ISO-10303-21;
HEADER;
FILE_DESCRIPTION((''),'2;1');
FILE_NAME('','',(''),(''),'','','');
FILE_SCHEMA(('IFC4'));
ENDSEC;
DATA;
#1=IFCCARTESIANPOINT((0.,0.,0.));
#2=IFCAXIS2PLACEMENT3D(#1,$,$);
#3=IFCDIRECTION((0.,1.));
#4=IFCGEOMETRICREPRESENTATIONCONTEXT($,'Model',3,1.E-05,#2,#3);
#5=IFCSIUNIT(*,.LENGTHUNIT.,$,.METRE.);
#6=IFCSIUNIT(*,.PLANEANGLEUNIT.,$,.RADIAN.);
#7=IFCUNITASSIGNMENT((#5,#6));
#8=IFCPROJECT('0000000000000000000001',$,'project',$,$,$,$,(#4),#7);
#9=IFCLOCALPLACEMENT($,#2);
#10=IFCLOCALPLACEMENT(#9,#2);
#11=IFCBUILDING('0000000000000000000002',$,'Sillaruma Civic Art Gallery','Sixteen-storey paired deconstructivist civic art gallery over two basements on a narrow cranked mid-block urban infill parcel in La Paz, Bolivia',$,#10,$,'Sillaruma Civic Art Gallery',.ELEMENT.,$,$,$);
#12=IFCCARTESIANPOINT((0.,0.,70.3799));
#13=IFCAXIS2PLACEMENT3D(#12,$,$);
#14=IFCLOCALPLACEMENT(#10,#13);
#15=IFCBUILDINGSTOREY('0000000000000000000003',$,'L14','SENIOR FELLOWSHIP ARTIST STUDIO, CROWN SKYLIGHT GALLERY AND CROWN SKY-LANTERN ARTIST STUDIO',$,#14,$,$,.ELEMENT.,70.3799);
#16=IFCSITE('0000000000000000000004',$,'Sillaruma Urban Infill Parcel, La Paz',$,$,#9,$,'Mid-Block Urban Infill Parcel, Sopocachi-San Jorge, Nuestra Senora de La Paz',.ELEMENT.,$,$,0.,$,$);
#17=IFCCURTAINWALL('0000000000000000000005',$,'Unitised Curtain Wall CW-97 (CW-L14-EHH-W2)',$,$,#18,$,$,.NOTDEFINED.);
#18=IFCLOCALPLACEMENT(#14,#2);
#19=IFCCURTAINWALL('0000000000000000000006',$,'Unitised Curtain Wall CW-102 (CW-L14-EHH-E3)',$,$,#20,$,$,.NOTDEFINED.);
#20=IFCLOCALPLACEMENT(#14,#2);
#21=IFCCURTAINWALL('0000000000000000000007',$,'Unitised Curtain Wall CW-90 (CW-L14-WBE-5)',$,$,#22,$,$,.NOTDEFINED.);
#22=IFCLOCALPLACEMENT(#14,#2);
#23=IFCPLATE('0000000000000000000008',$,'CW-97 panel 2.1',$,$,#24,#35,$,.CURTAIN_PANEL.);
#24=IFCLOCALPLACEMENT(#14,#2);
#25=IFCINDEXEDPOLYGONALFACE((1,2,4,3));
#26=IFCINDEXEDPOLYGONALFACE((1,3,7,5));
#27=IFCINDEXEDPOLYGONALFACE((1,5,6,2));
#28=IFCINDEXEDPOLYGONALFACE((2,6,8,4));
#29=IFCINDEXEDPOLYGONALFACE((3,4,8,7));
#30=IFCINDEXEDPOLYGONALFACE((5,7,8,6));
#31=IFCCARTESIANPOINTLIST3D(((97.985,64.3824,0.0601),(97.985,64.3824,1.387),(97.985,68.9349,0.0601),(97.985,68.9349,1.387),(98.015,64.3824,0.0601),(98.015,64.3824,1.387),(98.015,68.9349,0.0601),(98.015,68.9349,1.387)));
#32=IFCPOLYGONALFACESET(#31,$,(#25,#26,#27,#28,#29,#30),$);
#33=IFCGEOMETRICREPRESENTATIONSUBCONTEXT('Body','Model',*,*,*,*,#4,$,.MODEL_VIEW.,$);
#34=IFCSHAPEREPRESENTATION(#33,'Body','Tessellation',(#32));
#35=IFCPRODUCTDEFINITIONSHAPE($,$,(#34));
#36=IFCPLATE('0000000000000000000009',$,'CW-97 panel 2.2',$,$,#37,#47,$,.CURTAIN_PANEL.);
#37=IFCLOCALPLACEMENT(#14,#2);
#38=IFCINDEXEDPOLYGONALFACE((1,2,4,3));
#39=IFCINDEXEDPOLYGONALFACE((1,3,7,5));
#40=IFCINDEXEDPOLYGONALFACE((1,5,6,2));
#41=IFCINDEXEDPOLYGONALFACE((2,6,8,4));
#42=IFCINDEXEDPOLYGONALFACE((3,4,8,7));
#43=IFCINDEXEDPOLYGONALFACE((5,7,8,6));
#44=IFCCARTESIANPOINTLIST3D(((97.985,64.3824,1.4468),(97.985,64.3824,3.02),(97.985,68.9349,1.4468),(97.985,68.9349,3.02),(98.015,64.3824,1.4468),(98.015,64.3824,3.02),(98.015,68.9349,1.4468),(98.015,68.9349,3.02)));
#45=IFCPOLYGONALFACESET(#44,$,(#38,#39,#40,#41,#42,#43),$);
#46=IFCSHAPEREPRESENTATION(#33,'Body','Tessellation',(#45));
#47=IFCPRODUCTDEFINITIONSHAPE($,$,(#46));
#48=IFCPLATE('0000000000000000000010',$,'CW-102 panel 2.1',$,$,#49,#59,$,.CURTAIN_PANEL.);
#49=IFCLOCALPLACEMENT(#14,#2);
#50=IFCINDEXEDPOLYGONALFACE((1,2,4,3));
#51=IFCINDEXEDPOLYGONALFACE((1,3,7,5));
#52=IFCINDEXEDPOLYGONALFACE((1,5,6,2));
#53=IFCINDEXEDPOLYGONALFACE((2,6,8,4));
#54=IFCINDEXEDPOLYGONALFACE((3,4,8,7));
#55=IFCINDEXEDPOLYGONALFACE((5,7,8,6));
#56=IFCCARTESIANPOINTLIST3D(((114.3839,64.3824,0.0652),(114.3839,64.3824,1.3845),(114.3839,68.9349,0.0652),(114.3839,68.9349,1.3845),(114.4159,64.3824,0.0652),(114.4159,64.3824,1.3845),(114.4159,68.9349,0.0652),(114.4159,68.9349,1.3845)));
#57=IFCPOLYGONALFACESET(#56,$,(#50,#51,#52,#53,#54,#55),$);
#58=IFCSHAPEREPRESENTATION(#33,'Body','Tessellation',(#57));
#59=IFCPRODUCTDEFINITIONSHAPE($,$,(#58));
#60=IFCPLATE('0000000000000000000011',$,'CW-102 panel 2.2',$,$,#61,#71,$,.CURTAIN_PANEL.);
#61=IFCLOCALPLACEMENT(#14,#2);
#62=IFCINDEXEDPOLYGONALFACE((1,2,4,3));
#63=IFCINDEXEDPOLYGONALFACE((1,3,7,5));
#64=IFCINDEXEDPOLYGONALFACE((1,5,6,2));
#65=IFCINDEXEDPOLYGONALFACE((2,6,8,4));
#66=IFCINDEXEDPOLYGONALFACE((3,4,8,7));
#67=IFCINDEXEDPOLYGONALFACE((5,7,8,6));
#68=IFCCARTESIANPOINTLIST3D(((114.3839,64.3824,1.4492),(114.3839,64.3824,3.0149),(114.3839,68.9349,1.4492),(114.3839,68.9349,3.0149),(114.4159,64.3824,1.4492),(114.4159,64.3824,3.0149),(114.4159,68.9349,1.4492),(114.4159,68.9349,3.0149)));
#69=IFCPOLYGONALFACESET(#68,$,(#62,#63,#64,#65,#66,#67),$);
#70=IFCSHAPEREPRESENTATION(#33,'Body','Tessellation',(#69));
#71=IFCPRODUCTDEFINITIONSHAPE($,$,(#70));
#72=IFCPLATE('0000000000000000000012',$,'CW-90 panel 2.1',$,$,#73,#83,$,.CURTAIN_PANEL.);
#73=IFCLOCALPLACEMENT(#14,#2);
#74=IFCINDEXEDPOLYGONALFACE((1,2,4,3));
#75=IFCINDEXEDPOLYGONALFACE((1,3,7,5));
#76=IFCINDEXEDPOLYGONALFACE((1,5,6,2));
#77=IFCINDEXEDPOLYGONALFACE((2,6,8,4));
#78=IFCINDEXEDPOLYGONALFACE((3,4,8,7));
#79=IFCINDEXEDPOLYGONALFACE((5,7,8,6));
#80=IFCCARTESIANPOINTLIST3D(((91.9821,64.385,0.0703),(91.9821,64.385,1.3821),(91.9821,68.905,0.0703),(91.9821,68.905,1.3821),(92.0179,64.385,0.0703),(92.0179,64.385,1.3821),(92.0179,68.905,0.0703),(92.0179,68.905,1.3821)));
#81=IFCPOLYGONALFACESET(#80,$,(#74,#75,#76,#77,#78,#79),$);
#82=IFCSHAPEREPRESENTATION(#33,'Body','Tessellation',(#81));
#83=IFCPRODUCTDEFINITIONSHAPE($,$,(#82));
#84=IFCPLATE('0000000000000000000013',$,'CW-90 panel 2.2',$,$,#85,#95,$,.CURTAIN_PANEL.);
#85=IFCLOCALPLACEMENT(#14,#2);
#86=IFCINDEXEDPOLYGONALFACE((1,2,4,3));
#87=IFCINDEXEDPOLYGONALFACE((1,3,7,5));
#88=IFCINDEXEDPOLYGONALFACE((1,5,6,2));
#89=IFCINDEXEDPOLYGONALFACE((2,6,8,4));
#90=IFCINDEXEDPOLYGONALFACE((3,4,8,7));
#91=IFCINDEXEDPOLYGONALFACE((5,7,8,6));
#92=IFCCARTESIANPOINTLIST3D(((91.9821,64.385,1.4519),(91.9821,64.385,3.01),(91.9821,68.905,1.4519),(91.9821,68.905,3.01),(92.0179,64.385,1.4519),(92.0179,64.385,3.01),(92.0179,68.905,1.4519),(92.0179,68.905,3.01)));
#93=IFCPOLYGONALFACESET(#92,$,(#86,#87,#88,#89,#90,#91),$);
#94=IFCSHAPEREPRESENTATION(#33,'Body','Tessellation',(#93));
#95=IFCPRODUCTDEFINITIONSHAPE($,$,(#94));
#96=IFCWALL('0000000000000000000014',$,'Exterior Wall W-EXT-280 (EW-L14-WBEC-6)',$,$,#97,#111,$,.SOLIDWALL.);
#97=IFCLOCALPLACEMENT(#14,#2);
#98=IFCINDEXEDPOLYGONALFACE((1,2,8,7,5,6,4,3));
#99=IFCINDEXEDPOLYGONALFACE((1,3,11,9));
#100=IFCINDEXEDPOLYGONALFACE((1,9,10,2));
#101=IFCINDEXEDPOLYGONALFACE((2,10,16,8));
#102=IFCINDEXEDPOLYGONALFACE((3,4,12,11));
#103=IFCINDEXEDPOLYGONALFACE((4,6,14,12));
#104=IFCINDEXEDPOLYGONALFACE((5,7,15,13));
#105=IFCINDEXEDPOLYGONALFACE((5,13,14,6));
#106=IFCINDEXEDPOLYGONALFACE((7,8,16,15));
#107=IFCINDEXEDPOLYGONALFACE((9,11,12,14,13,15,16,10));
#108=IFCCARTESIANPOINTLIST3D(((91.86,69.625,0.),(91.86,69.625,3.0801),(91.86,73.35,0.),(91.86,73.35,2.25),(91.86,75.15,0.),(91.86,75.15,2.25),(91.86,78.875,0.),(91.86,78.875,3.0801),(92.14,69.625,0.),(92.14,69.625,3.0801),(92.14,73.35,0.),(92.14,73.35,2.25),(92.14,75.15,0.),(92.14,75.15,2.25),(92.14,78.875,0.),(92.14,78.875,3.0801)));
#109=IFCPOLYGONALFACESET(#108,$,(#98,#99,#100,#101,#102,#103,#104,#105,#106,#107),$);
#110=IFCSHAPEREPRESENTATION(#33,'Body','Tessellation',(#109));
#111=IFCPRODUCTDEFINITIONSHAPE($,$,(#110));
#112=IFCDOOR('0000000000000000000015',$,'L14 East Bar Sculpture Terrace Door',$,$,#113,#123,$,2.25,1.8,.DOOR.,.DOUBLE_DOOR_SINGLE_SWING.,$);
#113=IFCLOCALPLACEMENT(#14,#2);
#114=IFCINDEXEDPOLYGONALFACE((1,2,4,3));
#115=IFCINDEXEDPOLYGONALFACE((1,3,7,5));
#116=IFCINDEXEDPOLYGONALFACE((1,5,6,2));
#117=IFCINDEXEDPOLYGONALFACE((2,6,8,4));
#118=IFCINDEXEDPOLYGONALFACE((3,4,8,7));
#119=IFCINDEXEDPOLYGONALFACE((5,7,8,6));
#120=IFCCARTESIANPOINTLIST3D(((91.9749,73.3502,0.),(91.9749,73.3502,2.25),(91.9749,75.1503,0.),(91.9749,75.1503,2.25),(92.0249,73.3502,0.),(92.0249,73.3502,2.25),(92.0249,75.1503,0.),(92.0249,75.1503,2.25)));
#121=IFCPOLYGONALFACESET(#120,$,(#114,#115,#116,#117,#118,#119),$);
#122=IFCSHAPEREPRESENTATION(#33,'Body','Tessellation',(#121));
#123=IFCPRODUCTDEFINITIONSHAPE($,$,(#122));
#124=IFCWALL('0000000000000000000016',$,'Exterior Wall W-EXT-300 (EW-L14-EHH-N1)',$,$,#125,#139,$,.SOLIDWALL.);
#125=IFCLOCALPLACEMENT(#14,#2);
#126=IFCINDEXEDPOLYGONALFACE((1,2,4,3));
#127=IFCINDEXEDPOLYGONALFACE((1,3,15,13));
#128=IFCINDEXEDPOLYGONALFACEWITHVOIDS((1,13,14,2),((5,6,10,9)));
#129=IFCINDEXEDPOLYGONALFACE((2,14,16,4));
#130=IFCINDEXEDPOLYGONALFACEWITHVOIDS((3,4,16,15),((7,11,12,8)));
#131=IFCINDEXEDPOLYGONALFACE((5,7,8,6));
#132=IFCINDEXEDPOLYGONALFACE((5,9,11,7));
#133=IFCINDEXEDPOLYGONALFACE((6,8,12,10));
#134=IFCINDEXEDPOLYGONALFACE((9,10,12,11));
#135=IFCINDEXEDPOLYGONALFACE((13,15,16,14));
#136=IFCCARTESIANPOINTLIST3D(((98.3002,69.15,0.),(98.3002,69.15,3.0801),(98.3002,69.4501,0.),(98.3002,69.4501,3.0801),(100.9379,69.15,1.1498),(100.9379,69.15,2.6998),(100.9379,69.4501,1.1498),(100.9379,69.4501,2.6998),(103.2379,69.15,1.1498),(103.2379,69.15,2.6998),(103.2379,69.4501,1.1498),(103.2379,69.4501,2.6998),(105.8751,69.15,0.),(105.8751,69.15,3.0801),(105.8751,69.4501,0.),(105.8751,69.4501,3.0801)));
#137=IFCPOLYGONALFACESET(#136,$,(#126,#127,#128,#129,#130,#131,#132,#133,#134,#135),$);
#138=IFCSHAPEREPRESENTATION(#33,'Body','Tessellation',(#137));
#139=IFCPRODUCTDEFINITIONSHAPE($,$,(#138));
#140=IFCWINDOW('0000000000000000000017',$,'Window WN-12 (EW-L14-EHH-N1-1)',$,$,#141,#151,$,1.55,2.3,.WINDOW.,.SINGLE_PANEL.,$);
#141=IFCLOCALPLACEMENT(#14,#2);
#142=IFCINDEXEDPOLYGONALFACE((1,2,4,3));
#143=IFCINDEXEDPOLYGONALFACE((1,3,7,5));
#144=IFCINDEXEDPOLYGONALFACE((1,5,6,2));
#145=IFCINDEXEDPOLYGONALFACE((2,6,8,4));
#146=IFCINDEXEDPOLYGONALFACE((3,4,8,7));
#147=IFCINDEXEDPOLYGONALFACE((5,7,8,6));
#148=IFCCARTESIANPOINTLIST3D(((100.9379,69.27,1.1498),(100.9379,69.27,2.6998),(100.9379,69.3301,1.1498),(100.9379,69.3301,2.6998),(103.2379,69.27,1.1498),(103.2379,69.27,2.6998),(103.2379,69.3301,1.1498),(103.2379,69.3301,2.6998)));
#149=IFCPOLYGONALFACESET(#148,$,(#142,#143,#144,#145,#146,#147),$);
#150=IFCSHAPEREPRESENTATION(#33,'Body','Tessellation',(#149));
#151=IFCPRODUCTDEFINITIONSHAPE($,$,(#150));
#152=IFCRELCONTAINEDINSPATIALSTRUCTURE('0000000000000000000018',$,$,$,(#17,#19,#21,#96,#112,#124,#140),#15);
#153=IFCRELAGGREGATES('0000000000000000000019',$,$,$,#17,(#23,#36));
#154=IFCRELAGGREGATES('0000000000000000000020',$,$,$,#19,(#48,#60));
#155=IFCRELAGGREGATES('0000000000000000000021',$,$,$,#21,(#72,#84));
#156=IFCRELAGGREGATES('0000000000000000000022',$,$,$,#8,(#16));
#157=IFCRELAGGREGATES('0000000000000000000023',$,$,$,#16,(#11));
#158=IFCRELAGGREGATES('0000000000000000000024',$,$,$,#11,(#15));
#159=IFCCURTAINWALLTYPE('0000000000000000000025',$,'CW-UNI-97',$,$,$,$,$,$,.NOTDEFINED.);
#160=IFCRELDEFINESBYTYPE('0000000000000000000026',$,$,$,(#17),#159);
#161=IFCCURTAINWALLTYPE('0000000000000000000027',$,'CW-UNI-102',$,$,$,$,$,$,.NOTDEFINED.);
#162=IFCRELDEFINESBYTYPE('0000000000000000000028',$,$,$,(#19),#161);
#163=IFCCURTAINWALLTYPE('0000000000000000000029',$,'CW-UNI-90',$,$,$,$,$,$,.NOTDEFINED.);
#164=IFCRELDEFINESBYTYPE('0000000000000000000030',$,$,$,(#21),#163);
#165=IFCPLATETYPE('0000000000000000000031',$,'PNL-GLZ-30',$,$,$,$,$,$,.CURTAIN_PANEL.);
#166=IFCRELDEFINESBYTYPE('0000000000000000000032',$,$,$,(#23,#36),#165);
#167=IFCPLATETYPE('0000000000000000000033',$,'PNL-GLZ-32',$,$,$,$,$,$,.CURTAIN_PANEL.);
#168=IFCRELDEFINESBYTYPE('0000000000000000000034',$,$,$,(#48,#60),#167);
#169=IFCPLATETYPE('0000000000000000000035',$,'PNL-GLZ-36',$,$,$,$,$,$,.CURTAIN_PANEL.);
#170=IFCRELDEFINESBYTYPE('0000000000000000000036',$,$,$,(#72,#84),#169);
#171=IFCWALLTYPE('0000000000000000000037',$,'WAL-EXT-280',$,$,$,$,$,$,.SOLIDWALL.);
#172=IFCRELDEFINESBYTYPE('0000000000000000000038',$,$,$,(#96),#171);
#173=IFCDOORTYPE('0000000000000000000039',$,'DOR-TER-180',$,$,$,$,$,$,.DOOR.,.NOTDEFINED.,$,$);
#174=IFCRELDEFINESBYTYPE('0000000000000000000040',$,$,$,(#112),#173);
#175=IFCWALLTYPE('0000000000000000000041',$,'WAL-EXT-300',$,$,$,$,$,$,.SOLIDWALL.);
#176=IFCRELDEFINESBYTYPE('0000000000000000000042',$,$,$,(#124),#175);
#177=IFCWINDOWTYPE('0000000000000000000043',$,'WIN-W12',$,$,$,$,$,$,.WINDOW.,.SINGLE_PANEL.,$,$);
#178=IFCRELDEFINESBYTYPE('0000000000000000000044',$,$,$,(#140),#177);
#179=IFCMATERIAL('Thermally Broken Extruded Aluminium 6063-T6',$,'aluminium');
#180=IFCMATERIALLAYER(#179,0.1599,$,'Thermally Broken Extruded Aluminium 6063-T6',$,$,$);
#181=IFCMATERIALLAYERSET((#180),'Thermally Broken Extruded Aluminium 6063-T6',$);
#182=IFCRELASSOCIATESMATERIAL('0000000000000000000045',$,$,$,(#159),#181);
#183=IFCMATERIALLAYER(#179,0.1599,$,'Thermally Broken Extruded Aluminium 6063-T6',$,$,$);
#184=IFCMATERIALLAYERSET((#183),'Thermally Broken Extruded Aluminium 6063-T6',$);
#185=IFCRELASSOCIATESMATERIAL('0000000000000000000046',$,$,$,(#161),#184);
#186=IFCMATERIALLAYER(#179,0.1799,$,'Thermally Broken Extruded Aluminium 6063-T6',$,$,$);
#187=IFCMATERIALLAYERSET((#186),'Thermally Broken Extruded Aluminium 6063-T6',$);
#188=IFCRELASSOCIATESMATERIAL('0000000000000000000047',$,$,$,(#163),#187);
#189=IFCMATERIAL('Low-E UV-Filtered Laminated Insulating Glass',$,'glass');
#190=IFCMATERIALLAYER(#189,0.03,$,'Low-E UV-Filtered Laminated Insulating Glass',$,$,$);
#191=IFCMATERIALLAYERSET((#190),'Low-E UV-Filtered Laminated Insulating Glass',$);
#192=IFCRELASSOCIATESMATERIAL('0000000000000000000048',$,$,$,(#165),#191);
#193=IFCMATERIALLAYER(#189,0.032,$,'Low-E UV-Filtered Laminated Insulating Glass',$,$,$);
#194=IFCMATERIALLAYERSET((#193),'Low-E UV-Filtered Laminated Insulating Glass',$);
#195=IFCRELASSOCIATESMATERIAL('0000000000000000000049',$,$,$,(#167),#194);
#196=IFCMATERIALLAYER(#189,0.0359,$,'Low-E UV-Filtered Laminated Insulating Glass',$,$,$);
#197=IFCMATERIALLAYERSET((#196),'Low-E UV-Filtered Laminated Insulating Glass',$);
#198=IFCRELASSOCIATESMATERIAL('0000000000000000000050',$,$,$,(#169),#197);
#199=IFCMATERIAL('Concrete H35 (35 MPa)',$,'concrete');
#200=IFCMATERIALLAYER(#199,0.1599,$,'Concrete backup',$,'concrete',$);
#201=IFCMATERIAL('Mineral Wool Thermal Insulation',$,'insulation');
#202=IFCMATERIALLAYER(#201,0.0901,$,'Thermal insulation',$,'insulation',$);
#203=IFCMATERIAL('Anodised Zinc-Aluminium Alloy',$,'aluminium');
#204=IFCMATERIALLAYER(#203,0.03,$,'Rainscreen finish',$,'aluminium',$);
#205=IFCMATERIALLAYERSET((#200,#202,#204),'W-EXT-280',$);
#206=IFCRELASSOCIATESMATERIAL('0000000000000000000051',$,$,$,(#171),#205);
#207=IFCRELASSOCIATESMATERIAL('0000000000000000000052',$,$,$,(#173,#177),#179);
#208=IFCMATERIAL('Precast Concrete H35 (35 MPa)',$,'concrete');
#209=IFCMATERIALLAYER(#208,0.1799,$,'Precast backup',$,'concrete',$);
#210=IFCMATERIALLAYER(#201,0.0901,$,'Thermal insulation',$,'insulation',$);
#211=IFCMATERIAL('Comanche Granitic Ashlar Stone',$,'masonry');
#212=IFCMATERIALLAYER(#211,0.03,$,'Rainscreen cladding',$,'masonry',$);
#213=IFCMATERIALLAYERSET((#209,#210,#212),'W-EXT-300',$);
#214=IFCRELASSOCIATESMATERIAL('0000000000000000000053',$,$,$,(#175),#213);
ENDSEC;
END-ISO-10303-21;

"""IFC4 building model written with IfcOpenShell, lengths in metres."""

from ifc_helpers import new_model, si_unit, direction, frame, frame_2d, origin, origin_2d, place, context, subcontext, project, spatial, rectangle, extrude, material, layer, layer_set, type_object, element, fill, aggregate, save


model = new_model("IFC4")

# Units and contexts
model_context = context("Model", 3, precision=1e-05, world=origin(), true_north=direction((0.0, 1.0)))
body_context = subcontext(model_context, "Body", "Model", "MODEL_VIEW")
ifc_project = project(units=[si_unit("LENGTHUNIT", "METRE"), si_unit("PLANEANGLEUNIT", "RADIAN")], contexts=[model_context])

# Site, building, storey
site_placement = place(None, origin())
site = spatial("IfcSite", under=ifc_project, at=site_placement, Name="Sillaruma Urban Infill Parcel, La Paz", LongName="Mid-Block Urban Infill Parcel, Sopocachi-San Jorge, Nuestra Senora de La Paz", CompositionType="ELEMENT", RefElevation=0.0)
building_placement = place(site_placement, origin())
building = spatial("IfcBuilding", under=site, at=building_placement, Name="Sillaruma Civic Art Gallery", Description="Sixteen-storey paired deconstructivist civic art gallery over two basements on a narrow cranked mid-block urban infill parcel in La Paz, Bolivia", LongName="Sillaruma Civic Art Gallery", CompositionType="ELEMENT")
storey_placement = place(building_placement, frame((0.0, 0.0, 70.3799)))
storey = spatial("IfcBuildingStorey", under=building, at=storey_placement, Name="L14", Description="SENIOR FELLOWSHIP ARTIST STUDIO, CROWN SKYLIGHT GALLERY AND CROWN SKY-LANTERN ARTIST STUDIO", CompositionType="ELEMENT", Elevation=70.3799)

# Shared definitions
ifc_material_1 = material(Name="Concrete H35 (35 MPa)", Category="concrete")

# Curtain walls
ifc_material_2 = material(Name="Thermally Broken Extruded Aluminium 6063-T6", Category="aluminium")
ifc_layer_1 = layer(ifc_material_2, 0.1599, Name="Thermally Broken Extruded Aluminium 6063-T6")
ifc_layer_set_1 = layer_set([ifc_layer_1], Name="Thermally Broken Extruded Aluminium 6063-T6")
curtain_wall_type_1 = type_object("IfcCurtainWallType", Name="CW-UNI-97", PredefinedType="NOTDEFINED", material=ifc_layer_set_1)
curtain_wall_1_placement = place(storey_placement, origin())
curtain_wall_1 = element("IfcCurtainWall", 1, at=curtain_wall_1_placement, inside=storey, type_object=curtain_wall_type_1, Name="Unitised Curtain Wall CW-97 (CW-L14-EHH-W2)", PredefinedType="NOTDEFINED")
ifc_layer_2 = layer(ifc_material_2, 0.1599, Name="Thermally Broken Extruded Aluminium 6063-T6")
ifc_layer_set_2 = layer_set([ifc_layer_2], Name="Thermally Broken Extruded Aluminium 6063-T6")
curtain_wall_type_2 = type_object("IfcCurtainWallType", Name="CW-UNI-102", PredefinedType="NOTDEFINED", material=ifc_layer_set_2)
curtain_wall_2_placement = place(storey_placement, origin())
curtain_wall_2 = element("IfcCurtainWall", 2, at=curtain_wall_2_placement, inside=storey, type_object=curtain_wall_type_2, Name="Unitised Curtain Wall CW-102 (CW-L14-EHH-E3)", PredefinedType="NOTDEFINED")
ifc_layer_3 = layer(ifc_material_2, 0.1799, Name="Thermally Broken Extruded Aluminium 6063-T6")
ifc_layer_set_3 = layer_set([ifc_layer_3], Name="Thermally Broken Extruded Aluminium 6063-T6")
curtain_wall_type_3 = type_object("IfcCurtainWallType", Name="CW-UNI-90", PredefinedType="NOTDEFINED", material=ifc_layer_set_3)
curtain_wall_3_placement = place(storey_placement, origin())
curtain_wall_3 = element("IfcCurtainWall", 3, at=curtain_wall_3_placement, inside=storey, type_object=curtain_wall_type_3, Name="Unitised Curtain Wall CW-90 (CW-L14-WBE-5)", PredefinedType="NOTDEFINED")

# Plates
ifc_material_3 = material(Name="Low-E UV-Filtered Laminated Insulating Glass", Category="glass")
ifc_layer_4 = layer(ifc_material_3, 0.03, Name="Low-E UV-Filtered Laminated Insulating Glass")
ifc_layer_set_4 = layer_set([ifc_layer_4], Name="Low-E UV-Filtered Laminated Insulating Glass")
plate_type_1 = type_object("IfcPlateType", Name="PNL-GLZ-30", PredefinedType="CURTAIN_PANEL", material=ifc_layer_set_4)
plate_1_placement = place(storey_placement, frame((98.0, 66.6587, 0.0601), z_axis=(0.0, 0.0, 1.0), x_axis=(0.0, 1.0, 0.0)))
plate_1 = element("IfcPlate", 4, at=plate_1_placement, type_object=plate_type_1, Name="CW-97 panel 2.1", PredefinedType="CURTAIN_PANEL", context=body_context, shape_type="SweptSolid", body=[
    extrude(rectangle(XDim=4.5525, YDim=0.03, at=origin_2d()), origin(), (0.0, 0.0, 1.0), 1.3269),
])
plate_2_placement = place(storey_placement, frame((98.0, 66.6587, 1.4468), z_axis=(0.0, 0.0, 1.0), x_axis=(0.0, 1.0, 0.0)))
plate_2 = element("IfcPlate", 5, at=plate_2_placement, type_object=plate_type_1, Name="CW-97 panel 2.2", PredefinedType="CURTAIN_PANEL", context=body_context, shape_type="SweptSolid", body=[
    extrude(rectangle(XDim=4.5525, YDim=0.03, at=origin_2d()), origin(), (0.0, 0.0, 1.0), 1.5732),
])
aggregate(curtain_wall_1, [plate_1, plate_2])
ifc_layer_5 = layer(ifc_material_3, 0.032, Name="Low-E UV-Filtered Laminated Insulating Glass")
ifc_layer_set_5 = layer_set([ifc_layer_5], Name="Low-E UV-Filtered Laminated Insulating Glass")
plate_type_2 = type_object("IfcPlateType", Name="PNL-GLZ-32", PredefinedType="CURTAIN_PANEL", material=ifc_layer_set_5)
plate_3_placement = place(storey_placement, frame((114.3999, 66.6587, 0.0652), z_axis=(0.0, 0.0, 1.0), x_axis=(0.0, 1.0, 0.0)))
plate_3 = element("IfcPlate", 6, at=plate_3_placement, type_object=plate_type_2, Name="CW-102 panel 2.1", PredefinedType="CURTAIN_PANEL", context=body_context, shape_type="SweptSolid", body=[
    extrude(rectangle(XDim=4.5525, YDim=0.032, at=origin_2d()), origin(), (0.0, 0.0, 1.0), 1.3193),
])
plate_4_placement = place(storey_placement, frame((114.3999, 66.6587, 1.4492), z_axis=(0.0, 0.0, 1.0), x_axis=(0.0, 1.0, 0.0)))
plate_4 = element("IfcPlate", 7, at=plate_4_placement, type_object=plate_type_2, Name="CW-102 panel 2.2", PredefinedType="CURTAIN_PANEL", context=body_context, shape_type="SweptSolid", body=[
    extrude(rectangle(XDim=4.5525, YDim=0.032, at=origin_2d()), origin(), (0.0, 0.0, 1.0), 1.5657),
])
aggregate(curtain_wall_2, [plate_3, plate_4])
ifc_layer_6 = layer(ifc_material_3, 0.0359, Name="Low-E UV-Filtered Laminated Insulating Glass")
ifc_layer_set_6 = layer_set([ifc_layer_6], Name="Low-E UV-Filtered Laminated Insulating Glass")
plate_type_3 = type_object("IfcPlateType", Name="PNL-GLZ-36", PredefinedType="CURTAIN_PANEL", material=ifc_layer_set_6)
plate_5_placement = place(storey_placement, frame((92.0, 66.645, 0.0703), z_axis=(0.0, 0.0, 1.0), x_axis=(0.0, 1.0, 0.0)))
plate_5 = element("IfcPlate", 8, at=plate_5_placement, type_object=plate_type_3, Name="CW-90 panel 2.1", PredefinedType="CURTAIN_PANEL", context=body_context, shape_type="SweptSolid", body=[
    extrude(rectangle(XDim=4.52, YDim=0.0359, at=origin_2d()), origin(), (0.0, 0.0, 1.0), 1.3118),
])
plate_6_placement = place(storey_placement, frame((92.0, 66.645, 1.4519), z_axis=(0.0, 0.0, 1.0), x_axis=(0.0, 1.0, 0.0)))
plate_6 = element("IfcPlate", 9, at=plate_6_placement, type_object=plate_type_3, Name="CW-90 panel 2.2", PredefinedType="CURTAIN_PANEL", context=body_context, shape_type="SweptSolid", body=[
    extrude(rectangle(XDim=4.52, YDim=0.0359, at=origin_2d()), origin(), (0.0, 0.0, 1.0), 1.5581),
])
aggregate(curtain_wall_3, [plate_5, plate_6])

# Wall, opening, door
ifc_layer_7 = layer(ifc_material_1, 0.1599, Name="Concrete backup", Category="concrete")
ifc_material_4 = material(Name="Mineral Wool Thermal Insulation", Category="insulation")
ifc_layer_8 = layer(ifc_material_4, 0.0901, Name="Thermal insulation", Category="insulation")
ifc_material_5 = material(Name="Anodised Zinc-Aluminium Alloy", Category="aluminium")
ifc_layer_9 = layer(ifc_material_5, 0.03, Name="Rainscreen finish", Category="aluminium")
ifc_layer_set_7 = layer_set([ifc_layer_7, ifc_layer_8, ifc_layer_9], Name="W-EXT-280")
wall_type_1 = type_object("IfcWallType", Name="WAL-EXT-280", PredefinedType="SOLIDWALL", material=ifc_layer_set_7)
wall_1_placement = place(storey_placement, frame((92.0, 69.625, 0.0), z_axis=(0.0, 0.0, 1.0), x_axis=(0.0, 1.0, 0.0)))
wall_1 = element("IfcWall", 10, at=wall_1_placement, inside=storey, type_object=wall_type_1, Name="Exterior Wall W-EXT-280 (EW-L14-WBEC-6)", PredefinedType="SOLIDWALL", context=body_context, shape_type="SweptSolid", body=[
    extrude(rectangle(XDim=9.25, YDim=0.28, at=frame_2d((4.625, 0.0))), origin(), (0.0, 0.0, 1.0), 3.0801),
])
opening_1_placement = place(wall_1_placement, frame((3.7251, 0.0, 0.0)))
opening_1 = element("IfcOpeningElement", 11, at=opening_1_placement, cuts=wall_1, PredefinedType="OPENING", context=body_context, shape_type="SweptSolid", body=[
    extrude(rectangle(XDim=1.8, YDim=2.25, at=frame_2d((0.8999, 1.125))), frame((0.0, 0.1499, 0.0), z_axis=(0.0, -1.0, 0.0), x_axis=(1.0, 0.0, 0.0)), (0.0, 0.0, 1.0), 0.3),
])
door_type = type_object("IfcDoorType", Name="DOR-TER-180", OperationType="NOTDEFINED", PredefinedType="DOOR", material=ifc_material_2)
door_1_placement = place(opening_1_placement, frame((1.8, 0.0, 0.0), z_axis=(0.0, 0.0, 1.0), x_axis=(-1.0, 0.0, 0.0)))
door_1 = element("IfcDoor", 12, at=door_1_placement, inside=storey, type_object=door_type, Name="L14 East Bar Sculpture Terrace Door", OperationType="DOUBLE_DOOR_SINGLE_SWING", OverallHeight=2.25, OverallWidth=1.8, PredefinedType="DOOR", context=body_context, shape_type="SweptSolid", body=[
    extrude(rectangle(XDim=1.8, YDim=2.25, at=frame_2d((0.8999, 1.125))), frame((0.0, 0.0249, 0.0), z_axis=(0.0, -1.0, 0.0), x_axis=(1.0, 0.0, 0.0)), (0.0, 0.0, 1.0), 0.05),
])
fill(opening_1, door_1)

# Wall, opening, window
ifc_material_6 = material(Name="Precast Concrete H35 (35 MPa)", Category="concrete")
ifc_layer_10 = layer(ifc_material_6, 0.1799, Name="Precast backup", Category="concrete")
ifc_layer_11 = layer(ifc_material_4, 0.0901, Name="Thermal insulation", Category="insulation")
ifc_material_7 = material(Name="Comanche Granitic Ashlar Stone", Category="masonry")
ifc_layer_12 = layer(ifc_material_7, 0.03, Name="Rainscreen cladding", Category="masonry")
ifc_layer_set_8 = layer_set([ifc_layer_10, ifc_layer_11, ifc_layer_12], Name="W-EXT-300")
wall_type_2 = type_object("IfcWallType", Name="WAL-EXT-300", PredefinedType="SOLIDWALL", material=ifc_layer_set_8)
wall_2_placement = place(storey_placement, frame((98.3, 69.3, 0.0), z_axis=(0.0, 0.0, 1.0), x_axis=(1.0, 0.0, 0.0)))
wall_2 = element("IfcWall", 13, at=wall_2_placement, inside=storey, type_object=wall_type_2, Name="Exterior Wall W-EXT-300 (EW-L14-EHH-N1)", PredefinedType="SOLIDWALL", context=body_context, shape_type="SweptSolid", body=[
    extrude(rectangle(XDim=7.575, YDim=0.3, at=frame_2d((3.7876, 0.0))), origin(), (0.0, 0.0, 1.0), 3.0801),
])
opening_2_placement = place(wall_2_placement, frame((2.6379, 0.0, 1.1499)))
opening_2 = element("IfcOpeningElement", 14, at=opening_2_placement, cuts=wall_2, PredefinedType="OPENING", context=body_context, shape_type="SweptSolid", body=[
    extrude(rectangle(XDim=2.3, YDim=1.55, at=frame_2d((1.1499, 0.7749))), frame((0.0, 0.1599, 0.0), z_axis=(0.0, -1.0, 0.0), x_axis=(1.0, 0.0, 0.0)), (0.0, 0.0, 1.0), 0.3201),
])
window_type = type_object("IfcWindowType", Name="WIN-W12", PartitioningType="SINGLE_PANEL", PredefinedType="WINDOW", material=ifc_material_2)
window_placement = place(opening_2_placement, origin())
window = element("IfcWindow", 15, at=window_placement, inside=storey, type_object=window_type, Name="Window WN-12 (EW-L14-EHH-N1-1)", OverallHeight=1.55, OverallWidth=2.3, PartitioningType="SINGLE_PANEL", PredefinedType="WINDOW", context=body_context, shape_type="SweptSolid", body=[
    extrude(rectangle(XDim=2.3, YDim=1.55, at=frame_2d((1.1499, 0.7749))), frame((0.0, 0.03, 0.0), z_axis=(0.0, -1.0, 0.0), x_axis=(1.0, 0.0, 0.0)), (0.0, 0.0, 1.0), 0.0601),
])
fill(opening_2, window)

save(model, "model.ifc")
